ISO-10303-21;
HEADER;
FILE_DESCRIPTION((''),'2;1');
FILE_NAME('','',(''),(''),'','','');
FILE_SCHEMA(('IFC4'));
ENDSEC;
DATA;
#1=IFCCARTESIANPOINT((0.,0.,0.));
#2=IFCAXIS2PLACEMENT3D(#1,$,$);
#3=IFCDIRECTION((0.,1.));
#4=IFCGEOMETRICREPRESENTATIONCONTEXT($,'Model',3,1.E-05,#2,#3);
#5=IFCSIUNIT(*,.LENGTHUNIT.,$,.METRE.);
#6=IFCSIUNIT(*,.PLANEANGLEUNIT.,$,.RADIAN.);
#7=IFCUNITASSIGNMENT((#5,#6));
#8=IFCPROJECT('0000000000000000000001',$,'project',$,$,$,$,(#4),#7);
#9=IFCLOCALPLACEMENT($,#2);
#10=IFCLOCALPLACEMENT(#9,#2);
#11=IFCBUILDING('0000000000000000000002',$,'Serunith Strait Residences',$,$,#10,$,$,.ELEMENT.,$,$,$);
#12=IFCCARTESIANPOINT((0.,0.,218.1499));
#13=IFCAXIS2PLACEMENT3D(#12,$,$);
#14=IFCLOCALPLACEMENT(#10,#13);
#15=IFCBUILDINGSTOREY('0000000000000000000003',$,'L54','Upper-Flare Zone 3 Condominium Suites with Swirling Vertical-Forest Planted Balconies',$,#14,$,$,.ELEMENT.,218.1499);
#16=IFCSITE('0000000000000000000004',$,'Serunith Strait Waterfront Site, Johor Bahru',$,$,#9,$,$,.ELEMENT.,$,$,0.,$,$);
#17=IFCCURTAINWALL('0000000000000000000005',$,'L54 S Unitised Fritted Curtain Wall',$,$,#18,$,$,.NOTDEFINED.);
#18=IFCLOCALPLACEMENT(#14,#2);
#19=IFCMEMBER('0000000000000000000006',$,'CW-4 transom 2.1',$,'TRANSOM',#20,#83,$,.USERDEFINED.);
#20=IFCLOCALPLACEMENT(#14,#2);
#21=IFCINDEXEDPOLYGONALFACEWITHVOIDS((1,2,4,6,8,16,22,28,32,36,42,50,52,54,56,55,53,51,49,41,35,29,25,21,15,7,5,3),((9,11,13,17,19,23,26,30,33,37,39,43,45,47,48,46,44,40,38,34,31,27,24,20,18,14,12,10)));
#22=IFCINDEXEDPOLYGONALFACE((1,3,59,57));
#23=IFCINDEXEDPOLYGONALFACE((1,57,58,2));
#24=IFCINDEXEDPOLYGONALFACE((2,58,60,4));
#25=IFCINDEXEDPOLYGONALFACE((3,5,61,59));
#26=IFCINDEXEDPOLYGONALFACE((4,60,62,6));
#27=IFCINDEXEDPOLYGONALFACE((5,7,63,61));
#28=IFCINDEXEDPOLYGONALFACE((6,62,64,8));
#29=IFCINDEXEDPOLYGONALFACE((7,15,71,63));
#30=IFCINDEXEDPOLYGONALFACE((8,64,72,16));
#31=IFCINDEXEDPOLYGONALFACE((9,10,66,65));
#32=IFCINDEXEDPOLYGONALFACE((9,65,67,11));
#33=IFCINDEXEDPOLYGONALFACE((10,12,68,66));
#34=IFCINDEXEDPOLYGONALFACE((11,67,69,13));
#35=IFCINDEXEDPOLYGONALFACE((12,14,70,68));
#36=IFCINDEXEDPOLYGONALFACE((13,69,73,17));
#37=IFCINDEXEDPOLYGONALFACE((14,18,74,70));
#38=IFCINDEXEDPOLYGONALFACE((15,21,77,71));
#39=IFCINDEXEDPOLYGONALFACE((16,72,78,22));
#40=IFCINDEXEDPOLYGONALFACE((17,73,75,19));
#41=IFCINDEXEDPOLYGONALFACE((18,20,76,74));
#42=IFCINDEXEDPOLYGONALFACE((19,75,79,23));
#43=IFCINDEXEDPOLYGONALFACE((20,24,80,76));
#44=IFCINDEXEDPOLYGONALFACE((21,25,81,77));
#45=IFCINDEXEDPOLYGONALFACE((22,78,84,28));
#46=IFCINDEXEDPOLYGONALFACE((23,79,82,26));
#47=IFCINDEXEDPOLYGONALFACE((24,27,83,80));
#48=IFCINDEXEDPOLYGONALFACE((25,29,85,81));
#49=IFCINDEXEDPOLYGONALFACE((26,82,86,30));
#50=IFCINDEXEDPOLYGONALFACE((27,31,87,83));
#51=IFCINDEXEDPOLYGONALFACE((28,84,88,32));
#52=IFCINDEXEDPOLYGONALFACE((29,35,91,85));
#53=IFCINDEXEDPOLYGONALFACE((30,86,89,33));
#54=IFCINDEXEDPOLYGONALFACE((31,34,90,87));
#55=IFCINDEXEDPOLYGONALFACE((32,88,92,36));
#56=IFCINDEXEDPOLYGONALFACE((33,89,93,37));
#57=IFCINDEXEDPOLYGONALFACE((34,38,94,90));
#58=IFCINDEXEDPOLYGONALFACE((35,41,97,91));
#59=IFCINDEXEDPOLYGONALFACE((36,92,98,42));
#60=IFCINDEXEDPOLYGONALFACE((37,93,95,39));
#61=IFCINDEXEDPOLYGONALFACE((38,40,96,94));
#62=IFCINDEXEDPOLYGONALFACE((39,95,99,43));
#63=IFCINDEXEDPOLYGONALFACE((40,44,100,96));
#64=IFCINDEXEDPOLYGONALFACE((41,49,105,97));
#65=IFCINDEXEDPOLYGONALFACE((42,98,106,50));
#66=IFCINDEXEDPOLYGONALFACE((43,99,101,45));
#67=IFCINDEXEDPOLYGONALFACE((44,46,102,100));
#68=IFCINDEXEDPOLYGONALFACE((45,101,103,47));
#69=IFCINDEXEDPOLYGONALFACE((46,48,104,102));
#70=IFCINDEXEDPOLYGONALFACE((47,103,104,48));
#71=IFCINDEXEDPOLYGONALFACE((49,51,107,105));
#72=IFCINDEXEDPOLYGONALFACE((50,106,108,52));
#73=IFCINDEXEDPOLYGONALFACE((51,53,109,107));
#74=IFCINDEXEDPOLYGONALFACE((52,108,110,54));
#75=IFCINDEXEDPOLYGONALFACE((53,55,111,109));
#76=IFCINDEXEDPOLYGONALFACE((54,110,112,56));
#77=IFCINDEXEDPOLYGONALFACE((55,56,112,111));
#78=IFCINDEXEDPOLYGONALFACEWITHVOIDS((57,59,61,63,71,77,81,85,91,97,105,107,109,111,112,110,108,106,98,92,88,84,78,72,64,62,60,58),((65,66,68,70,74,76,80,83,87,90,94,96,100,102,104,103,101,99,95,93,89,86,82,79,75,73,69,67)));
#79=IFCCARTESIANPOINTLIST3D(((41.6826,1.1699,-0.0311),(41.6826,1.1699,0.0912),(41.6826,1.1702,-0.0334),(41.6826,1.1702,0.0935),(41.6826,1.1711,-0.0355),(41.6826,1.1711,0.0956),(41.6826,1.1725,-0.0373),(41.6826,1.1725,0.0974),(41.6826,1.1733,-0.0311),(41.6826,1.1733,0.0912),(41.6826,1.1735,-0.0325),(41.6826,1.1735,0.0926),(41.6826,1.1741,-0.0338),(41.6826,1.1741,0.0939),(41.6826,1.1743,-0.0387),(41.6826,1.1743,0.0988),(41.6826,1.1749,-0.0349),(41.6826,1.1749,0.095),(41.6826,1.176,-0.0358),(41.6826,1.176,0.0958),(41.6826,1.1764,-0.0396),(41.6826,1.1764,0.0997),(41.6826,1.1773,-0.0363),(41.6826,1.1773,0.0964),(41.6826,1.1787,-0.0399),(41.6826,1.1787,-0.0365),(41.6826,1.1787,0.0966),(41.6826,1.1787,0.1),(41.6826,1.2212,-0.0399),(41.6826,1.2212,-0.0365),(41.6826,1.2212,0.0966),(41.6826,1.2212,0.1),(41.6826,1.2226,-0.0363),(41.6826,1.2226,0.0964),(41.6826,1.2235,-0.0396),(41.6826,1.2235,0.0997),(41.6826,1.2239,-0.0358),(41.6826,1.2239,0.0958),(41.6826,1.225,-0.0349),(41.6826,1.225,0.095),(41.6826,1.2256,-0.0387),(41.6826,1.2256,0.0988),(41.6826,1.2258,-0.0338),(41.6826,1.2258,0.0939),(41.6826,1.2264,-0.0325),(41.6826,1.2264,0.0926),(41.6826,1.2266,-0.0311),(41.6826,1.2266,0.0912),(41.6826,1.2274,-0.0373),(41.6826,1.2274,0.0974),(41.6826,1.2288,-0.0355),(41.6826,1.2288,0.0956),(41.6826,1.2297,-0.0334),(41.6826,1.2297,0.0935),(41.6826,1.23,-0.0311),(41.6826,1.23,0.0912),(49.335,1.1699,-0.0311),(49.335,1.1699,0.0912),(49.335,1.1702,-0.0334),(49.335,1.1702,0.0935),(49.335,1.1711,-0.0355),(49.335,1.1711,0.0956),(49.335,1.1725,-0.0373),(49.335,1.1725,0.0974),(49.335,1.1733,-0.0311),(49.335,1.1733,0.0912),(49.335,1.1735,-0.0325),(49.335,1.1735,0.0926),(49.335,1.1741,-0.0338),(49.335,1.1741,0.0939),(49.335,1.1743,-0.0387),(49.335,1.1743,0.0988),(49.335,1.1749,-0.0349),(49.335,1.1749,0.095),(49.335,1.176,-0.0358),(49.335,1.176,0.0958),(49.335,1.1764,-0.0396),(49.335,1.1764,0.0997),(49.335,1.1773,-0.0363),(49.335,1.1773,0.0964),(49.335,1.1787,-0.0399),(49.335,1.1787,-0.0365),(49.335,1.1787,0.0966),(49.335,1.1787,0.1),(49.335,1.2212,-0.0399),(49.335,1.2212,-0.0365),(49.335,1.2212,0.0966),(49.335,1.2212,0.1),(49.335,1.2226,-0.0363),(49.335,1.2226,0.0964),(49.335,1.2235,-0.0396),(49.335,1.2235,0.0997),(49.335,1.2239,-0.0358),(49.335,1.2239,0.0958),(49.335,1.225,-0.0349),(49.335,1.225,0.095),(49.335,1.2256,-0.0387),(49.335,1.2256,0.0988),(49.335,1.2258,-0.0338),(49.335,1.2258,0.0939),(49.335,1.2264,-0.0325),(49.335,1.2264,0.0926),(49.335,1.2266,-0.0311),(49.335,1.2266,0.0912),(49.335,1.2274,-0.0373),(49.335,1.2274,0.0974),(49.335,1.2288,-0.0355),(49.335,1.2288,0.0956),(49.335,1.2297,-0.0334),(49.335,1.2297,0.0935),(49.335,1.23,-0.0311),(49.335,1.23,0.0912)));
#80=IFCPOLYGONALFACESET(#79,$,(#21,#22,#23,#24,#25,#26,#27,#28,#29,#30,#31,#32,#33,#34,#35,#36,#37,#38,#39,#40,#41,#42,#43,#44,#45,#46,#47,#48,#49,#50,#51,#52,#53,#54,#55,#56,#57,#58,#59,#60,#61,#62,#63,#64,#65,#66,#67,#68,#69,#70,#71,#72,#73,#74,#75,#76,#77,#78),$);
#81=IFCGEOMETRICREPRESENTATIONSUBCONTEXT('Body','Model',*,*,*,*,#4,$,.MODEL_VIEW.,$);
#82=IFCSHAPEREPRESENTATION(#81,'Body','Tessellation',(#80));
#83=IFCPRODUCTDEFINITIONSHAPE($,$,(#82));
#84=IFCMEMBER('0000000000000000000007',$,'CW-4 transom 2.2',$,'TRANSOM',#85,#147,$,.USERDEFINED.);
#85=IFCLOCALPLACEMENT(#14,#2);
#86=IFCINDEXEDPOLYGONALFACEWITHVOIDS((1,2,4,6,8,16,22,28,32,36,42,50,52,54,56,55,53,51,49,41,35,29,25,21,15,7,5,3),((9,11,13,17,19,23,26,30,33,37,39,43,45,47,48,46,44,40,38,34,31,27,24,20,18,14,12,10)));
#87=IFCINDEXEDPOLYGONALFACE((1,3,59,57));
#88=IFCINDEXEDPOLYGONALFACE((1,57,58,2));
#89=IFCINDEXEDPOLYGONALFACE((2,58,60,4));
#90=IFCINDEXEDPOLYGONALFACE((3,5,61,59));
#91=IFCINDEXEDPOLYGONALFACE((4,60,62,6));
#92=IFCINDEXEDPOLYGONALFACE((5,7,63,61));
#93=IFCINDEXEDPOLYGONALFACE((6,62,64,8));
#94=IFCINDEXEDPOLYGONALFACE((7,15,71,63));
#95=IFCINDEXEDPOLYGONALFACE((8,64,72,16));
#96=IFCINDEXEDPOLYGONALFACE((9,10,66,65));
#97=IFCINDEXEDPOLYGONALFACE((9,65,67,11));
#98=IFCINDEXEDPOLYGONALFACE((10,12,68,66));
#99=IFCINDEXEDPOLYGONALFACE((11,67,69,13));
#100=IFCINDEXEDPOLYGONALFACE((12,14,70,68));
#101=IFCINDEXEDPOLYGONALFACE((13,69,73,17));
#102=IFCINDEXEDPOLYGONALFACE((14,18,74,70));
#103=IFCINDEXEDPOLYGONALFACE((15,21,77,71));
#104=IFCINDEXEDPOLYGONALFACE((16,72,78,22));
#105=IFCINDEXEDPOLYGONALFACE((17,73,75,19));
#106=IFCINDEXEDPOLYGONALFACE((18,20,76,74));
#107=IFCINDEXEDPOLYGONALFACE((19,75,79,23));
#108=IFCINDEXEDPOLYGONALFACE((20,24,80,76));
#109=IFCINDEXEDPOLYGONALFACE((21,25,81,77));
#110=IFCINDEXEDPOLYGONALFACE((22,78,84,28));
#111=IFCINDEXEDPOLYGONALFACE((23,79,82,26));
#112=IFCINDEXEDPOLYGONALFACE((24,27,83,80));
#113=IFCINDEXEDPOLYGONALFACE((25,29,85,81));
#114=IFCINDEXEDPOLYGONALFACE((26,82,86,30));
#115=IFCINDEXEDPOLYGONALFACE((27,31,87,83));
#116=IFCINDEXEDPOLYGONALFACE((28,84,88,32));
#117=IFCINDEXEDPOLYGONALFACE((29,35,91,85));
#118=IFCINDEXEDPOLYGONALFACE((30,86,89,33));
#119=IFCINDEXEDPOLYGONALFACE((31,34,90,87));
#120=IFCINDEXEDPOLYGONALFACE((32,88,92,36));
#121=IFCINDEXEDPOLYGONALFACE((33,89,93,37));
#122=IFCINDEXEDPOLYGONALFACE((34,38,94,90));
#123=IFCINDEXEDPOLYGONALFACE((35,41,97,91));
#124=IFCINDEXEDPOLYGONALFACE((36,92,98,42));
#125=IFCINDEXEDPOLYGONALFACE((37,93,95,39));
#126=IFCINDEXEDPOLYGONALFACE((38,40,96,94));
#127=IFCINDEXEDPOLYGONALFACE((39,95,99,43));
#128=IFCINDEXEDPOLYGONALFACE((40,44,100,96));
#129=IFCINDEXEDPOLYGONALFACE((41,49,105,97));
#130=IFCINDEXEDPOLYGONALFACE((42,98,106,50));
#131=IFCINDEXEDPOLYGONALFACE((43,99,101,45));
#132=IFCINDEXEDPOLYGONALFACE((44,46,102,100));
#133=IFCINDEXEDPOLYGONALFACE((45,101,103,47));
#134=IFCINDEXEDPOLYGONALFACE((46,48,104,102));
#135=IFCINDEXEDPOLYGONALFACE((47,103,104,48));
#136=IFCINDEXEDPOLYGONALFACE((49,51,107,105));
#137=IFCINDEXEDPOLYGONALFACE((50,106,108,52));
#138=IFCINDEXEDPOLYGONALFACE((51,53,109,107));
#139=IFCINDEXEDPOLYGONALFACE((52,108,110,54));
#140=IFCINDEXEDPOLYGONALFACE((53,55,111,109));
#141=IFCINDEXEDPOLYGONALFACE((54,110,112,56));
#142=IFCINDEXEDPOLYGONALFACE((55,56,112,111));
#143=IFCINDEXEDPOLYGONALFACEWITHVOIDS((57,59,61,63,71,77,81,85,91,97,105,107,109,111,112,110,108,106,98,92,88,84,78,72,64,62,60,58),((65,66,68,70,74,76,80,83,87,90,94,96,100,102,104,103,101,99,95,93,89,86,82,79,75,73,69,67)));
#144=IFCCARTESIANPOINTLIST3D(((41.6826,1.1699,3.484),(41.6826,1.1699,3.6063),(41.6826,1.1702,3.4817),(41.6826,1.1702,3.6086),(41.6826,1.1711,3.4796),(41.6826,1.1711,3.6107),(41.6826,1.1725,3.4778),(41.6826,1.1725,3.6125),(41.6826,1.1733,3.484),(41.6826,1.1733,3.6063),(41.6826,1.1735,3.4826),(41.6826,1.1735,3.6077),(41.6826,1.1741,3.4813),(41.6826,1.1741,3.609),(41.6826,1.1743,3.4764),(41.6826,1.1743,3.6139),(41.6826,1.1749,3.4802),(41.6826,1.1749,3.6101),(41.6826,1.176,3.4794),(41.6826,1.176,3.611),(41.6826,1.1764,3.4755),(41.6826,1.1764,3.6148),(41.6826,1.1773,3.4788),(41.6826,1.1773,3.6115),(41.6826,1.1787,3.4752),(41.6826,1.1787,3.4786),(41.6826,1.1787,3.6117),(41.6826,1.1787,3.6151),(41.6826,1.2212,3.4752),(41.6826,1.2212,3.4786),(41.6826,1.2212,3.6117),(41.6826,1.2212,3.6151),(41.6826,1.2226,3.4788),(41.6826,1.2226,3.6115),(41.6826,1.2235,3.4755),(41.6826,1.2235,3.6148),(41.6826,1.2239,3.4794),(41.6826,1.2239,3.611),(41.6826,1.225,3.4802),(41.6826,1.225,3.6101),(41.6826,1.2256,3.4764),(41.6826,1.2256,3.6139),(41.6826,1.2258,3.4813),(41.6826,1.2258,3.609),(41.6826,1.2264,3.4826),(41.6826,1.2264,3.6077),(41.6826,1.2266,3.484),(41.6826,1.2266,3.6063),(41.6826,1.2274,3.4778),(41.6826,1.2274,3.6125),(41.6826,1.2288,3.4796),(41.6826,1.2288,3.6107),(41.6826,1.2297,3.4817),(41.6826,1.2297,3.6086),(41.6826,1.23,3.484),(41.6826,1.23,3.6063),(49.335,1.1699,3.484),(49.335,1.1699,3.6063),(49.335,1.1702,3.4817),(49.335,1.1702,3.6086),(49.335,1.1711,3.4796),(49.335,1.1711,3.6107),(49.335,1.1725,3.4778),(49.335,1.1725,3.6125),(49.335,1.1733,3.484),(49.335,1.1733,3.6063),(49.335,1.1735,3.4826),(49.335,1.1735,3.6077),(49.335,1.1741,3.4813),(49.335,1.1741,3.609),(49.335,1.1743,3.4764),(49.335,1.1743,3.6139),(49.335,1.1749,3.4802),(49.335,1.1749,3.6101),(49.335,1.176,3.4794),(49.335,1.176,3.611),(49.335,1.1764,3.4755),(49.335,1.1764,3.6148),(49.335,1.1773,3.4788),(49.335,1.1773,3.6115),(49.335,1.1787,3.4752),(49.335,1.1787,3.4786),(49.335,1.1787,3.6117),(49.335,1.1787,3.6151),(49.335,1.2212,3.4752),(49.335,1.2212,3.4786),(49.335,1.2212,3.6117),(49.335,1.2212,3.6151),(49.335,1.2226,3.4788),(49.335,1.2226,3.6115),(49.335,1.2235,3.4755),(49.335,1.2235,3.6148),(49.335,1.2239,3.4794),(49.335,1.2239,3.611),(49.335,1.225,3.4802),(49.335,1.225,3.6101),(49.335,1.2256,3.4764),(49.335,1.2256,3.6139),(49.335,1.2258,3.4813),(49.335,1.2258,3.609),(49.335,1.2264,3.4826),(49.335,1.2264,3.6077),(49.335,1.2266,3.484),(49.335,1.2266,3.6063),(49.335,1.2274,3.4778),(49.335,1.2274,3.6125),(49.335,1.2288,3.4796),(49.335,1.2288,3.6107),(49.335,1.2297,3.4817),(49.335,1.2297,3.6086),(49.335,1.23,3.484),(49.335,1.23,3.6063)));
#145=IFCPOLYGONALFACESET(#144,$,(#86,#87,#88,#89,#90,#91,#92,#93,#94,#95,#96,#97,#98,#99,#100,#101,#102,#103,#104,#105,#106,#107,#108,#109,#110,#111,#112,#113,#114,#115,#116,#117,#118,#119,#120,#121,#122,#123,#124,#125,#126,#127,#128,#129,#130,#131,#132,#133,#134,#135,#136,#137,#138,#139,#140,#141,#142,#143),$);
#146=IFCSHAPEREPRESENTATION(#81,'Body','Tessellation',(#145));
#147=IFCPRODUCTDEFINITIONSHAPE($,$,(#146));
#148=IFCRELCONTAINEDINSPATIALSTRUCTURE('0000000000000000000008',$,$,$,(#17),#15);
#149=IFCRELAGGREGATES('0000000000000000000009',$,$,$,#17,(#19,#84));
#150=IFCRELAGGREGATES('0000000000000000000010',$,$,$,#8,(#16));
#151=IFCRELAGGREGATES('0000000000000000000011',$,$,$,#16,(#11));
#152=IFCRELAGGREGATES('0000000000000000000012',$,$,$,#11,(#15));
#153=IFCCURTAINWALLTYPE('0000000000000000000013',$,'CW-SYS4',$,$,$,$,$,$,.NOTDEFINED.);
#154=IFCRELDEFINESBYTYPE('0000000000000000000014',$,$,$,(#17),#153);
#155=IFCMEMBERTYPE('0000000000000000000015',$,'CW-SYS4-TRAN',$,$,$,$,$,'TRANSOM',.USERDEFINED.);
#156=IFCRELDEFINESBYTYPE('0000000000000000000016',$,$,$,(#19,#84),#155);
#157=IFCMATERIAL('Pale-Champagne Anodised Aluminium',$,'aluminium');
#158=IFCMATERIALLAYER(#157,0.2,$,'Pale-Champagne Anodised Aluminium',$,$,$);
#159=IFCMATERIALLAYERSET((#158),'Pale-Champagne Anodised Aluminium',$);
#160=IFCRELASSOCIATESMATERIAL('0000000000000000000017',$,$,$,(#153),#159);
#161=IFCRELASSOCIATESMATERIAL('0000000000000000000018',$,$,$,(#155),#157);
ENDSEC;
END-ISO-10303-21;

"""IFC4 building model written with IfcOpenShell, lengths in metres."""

from ifc_helpers import new_model, si_unit, direction, frame, origin, origin_2d, place, context, subcontext, project, spatial, hollow_rectangle, extrude, source, transform, mapped, material, layer, layer_set, material_profile, profile_set, type_object, element, aggregate, save


model = new_model("IFC4")

# Units and contexts
model_context = context("Model", 3, precision=1e-05, world=origin(), true_north=direction((0.0, 1.0)))
body_context = subcontext(model_context, "Body", "Model", "MODEL_VIEW")
ifc_project = project(units=[si_unit("LENGTHUNIT", "METRE"), si_unit("PLANEANGLEUNIT", "RADIAN")], contexts=[model_context])

# Site, building, storey
site_placement = place(None, origin())
site = spatial("IfcSite", under=ifc_project, at=site_placement, Name="Serunith Strait Waterfront Site, Johor Bahru", CompositionType="ELEMENT", RefElevation=0.0)
building_placement = place(site_placement, origin())
building = spatial("IfcBuilding", under=site, at=building_placement, Name="Serunith Strait Residences", CompositionType="ELEMENT")
storey_placement = place(building_placement, frame((0.0, 0.0, 218.1499)))
storey = spatial("IfcBuildingStorey", under=building, at=storey_placement, Name="L54", Description="Upper-Flare Zone 3 Condominium Suites with Swirling Vertical-Forest Planted Balconies", CompositionType="ELEMENT", Elevation=218.1499)

# Curtain wall, members
ifc_material_1 = material(Name="Pale-Champagne Anodised Aluminium", Category="aluminium")
ifc_layer_1 = layer(ifc_material_1, 0.2, Name="Pale-Champagne Anodised Aluminium")
ifc_layer_set_1 = layer_set([ifc_layer_1], Name="Pale-Champagne Anodised Aluminium")
curtain_wall_type = type_object("IfcCurtainWallType", Name="CW-SYS4", PredefinedType="NOTDEFINED", material=ifc_layer_set_1)
curtain_wall_1_placement = place(storey_placement, origin())
curtain_wall_1 = element("IfcCurtainWall", 1, at=curtain_wall_1_placement, inside=storey, type_object=curtain_wall_type, Name="L54 S Unitised Fritted Curtain Wall", PredefinedType="NOTDEFINED")
ifc_material_profile_1 = material_profile(ifc_material_1, hollow_rectangle(XDim=0.0601, YDim=0.1399, WallThickness=0.0034, InnerFilletRadius=0.0054, OuterFilletRadius=0.0088, at=origin_2d()), Name="ALU 140x60x3.5")
ifc_profile_set_1 = profile_set([ifc_material_profile_1], Name="Pale-Champagne Anodised Aluminium")
member_type_1 = type_object("IfcMemberType", Name="CW-SYS4-TRAN", ElementType="TRANSOM", PredefinedType="USERDEFINED", material=ifc_profile_set_1)
shared_shape_1 = source(origin(), body_context, "Body", "SweptSolid", [
    extrude(hollow_rectangle(XDim=0.0601, YDim=0.1399, WallThickness=0.0034, InnerFilletRadius=0.0054, OuterFilletRadius=0.0088, at=origin_2d()), origin(), (0.0, 0.0, 1.0), 7.6523),
])
member_1_placement = place(storey_placement, frame((41.6826, 1.2, 0.03), z_axis=(1.0, 0.0, 0.0), x_axis=(0.0, 1.0, 0.0)))
member_1 = element("IfcMember", 2, at=member_1_placement, type_object=member_type_1, Name="CW-4 transom 2.1", ObjectType="TRANSOM", PredefinedType="USERDEFINED", context=body_context, shape_type="MappedRepresentation", body=[
    mapped(shared_shape_1, transform((0.0, 0.0, 0.0), scale=1.0)),
])
member_2_placement = place(storey_placement, frame((41.6826, 1.2, 3.5452), z_axis=(1.0, 0.0, 0.0), x_axis=(0.0, 1.0, 0.0)))
member_2 = element("IfcMember", 3, at=member_2_placement, type_object=member_type_1, Name="CW-4 transom 2.2", ObjectType="TRANSOM", PredefinedType="USERDEFINED", context=body_context, shape_type="MappedRepresentation", body=[
    mapped(shared_shape_1, transform((0.0, 0.0, 0.0), scale=1.0)),
])

aggregate(curtain_wall_1, [member_1, member_2])

save(model, "model.ifc")
